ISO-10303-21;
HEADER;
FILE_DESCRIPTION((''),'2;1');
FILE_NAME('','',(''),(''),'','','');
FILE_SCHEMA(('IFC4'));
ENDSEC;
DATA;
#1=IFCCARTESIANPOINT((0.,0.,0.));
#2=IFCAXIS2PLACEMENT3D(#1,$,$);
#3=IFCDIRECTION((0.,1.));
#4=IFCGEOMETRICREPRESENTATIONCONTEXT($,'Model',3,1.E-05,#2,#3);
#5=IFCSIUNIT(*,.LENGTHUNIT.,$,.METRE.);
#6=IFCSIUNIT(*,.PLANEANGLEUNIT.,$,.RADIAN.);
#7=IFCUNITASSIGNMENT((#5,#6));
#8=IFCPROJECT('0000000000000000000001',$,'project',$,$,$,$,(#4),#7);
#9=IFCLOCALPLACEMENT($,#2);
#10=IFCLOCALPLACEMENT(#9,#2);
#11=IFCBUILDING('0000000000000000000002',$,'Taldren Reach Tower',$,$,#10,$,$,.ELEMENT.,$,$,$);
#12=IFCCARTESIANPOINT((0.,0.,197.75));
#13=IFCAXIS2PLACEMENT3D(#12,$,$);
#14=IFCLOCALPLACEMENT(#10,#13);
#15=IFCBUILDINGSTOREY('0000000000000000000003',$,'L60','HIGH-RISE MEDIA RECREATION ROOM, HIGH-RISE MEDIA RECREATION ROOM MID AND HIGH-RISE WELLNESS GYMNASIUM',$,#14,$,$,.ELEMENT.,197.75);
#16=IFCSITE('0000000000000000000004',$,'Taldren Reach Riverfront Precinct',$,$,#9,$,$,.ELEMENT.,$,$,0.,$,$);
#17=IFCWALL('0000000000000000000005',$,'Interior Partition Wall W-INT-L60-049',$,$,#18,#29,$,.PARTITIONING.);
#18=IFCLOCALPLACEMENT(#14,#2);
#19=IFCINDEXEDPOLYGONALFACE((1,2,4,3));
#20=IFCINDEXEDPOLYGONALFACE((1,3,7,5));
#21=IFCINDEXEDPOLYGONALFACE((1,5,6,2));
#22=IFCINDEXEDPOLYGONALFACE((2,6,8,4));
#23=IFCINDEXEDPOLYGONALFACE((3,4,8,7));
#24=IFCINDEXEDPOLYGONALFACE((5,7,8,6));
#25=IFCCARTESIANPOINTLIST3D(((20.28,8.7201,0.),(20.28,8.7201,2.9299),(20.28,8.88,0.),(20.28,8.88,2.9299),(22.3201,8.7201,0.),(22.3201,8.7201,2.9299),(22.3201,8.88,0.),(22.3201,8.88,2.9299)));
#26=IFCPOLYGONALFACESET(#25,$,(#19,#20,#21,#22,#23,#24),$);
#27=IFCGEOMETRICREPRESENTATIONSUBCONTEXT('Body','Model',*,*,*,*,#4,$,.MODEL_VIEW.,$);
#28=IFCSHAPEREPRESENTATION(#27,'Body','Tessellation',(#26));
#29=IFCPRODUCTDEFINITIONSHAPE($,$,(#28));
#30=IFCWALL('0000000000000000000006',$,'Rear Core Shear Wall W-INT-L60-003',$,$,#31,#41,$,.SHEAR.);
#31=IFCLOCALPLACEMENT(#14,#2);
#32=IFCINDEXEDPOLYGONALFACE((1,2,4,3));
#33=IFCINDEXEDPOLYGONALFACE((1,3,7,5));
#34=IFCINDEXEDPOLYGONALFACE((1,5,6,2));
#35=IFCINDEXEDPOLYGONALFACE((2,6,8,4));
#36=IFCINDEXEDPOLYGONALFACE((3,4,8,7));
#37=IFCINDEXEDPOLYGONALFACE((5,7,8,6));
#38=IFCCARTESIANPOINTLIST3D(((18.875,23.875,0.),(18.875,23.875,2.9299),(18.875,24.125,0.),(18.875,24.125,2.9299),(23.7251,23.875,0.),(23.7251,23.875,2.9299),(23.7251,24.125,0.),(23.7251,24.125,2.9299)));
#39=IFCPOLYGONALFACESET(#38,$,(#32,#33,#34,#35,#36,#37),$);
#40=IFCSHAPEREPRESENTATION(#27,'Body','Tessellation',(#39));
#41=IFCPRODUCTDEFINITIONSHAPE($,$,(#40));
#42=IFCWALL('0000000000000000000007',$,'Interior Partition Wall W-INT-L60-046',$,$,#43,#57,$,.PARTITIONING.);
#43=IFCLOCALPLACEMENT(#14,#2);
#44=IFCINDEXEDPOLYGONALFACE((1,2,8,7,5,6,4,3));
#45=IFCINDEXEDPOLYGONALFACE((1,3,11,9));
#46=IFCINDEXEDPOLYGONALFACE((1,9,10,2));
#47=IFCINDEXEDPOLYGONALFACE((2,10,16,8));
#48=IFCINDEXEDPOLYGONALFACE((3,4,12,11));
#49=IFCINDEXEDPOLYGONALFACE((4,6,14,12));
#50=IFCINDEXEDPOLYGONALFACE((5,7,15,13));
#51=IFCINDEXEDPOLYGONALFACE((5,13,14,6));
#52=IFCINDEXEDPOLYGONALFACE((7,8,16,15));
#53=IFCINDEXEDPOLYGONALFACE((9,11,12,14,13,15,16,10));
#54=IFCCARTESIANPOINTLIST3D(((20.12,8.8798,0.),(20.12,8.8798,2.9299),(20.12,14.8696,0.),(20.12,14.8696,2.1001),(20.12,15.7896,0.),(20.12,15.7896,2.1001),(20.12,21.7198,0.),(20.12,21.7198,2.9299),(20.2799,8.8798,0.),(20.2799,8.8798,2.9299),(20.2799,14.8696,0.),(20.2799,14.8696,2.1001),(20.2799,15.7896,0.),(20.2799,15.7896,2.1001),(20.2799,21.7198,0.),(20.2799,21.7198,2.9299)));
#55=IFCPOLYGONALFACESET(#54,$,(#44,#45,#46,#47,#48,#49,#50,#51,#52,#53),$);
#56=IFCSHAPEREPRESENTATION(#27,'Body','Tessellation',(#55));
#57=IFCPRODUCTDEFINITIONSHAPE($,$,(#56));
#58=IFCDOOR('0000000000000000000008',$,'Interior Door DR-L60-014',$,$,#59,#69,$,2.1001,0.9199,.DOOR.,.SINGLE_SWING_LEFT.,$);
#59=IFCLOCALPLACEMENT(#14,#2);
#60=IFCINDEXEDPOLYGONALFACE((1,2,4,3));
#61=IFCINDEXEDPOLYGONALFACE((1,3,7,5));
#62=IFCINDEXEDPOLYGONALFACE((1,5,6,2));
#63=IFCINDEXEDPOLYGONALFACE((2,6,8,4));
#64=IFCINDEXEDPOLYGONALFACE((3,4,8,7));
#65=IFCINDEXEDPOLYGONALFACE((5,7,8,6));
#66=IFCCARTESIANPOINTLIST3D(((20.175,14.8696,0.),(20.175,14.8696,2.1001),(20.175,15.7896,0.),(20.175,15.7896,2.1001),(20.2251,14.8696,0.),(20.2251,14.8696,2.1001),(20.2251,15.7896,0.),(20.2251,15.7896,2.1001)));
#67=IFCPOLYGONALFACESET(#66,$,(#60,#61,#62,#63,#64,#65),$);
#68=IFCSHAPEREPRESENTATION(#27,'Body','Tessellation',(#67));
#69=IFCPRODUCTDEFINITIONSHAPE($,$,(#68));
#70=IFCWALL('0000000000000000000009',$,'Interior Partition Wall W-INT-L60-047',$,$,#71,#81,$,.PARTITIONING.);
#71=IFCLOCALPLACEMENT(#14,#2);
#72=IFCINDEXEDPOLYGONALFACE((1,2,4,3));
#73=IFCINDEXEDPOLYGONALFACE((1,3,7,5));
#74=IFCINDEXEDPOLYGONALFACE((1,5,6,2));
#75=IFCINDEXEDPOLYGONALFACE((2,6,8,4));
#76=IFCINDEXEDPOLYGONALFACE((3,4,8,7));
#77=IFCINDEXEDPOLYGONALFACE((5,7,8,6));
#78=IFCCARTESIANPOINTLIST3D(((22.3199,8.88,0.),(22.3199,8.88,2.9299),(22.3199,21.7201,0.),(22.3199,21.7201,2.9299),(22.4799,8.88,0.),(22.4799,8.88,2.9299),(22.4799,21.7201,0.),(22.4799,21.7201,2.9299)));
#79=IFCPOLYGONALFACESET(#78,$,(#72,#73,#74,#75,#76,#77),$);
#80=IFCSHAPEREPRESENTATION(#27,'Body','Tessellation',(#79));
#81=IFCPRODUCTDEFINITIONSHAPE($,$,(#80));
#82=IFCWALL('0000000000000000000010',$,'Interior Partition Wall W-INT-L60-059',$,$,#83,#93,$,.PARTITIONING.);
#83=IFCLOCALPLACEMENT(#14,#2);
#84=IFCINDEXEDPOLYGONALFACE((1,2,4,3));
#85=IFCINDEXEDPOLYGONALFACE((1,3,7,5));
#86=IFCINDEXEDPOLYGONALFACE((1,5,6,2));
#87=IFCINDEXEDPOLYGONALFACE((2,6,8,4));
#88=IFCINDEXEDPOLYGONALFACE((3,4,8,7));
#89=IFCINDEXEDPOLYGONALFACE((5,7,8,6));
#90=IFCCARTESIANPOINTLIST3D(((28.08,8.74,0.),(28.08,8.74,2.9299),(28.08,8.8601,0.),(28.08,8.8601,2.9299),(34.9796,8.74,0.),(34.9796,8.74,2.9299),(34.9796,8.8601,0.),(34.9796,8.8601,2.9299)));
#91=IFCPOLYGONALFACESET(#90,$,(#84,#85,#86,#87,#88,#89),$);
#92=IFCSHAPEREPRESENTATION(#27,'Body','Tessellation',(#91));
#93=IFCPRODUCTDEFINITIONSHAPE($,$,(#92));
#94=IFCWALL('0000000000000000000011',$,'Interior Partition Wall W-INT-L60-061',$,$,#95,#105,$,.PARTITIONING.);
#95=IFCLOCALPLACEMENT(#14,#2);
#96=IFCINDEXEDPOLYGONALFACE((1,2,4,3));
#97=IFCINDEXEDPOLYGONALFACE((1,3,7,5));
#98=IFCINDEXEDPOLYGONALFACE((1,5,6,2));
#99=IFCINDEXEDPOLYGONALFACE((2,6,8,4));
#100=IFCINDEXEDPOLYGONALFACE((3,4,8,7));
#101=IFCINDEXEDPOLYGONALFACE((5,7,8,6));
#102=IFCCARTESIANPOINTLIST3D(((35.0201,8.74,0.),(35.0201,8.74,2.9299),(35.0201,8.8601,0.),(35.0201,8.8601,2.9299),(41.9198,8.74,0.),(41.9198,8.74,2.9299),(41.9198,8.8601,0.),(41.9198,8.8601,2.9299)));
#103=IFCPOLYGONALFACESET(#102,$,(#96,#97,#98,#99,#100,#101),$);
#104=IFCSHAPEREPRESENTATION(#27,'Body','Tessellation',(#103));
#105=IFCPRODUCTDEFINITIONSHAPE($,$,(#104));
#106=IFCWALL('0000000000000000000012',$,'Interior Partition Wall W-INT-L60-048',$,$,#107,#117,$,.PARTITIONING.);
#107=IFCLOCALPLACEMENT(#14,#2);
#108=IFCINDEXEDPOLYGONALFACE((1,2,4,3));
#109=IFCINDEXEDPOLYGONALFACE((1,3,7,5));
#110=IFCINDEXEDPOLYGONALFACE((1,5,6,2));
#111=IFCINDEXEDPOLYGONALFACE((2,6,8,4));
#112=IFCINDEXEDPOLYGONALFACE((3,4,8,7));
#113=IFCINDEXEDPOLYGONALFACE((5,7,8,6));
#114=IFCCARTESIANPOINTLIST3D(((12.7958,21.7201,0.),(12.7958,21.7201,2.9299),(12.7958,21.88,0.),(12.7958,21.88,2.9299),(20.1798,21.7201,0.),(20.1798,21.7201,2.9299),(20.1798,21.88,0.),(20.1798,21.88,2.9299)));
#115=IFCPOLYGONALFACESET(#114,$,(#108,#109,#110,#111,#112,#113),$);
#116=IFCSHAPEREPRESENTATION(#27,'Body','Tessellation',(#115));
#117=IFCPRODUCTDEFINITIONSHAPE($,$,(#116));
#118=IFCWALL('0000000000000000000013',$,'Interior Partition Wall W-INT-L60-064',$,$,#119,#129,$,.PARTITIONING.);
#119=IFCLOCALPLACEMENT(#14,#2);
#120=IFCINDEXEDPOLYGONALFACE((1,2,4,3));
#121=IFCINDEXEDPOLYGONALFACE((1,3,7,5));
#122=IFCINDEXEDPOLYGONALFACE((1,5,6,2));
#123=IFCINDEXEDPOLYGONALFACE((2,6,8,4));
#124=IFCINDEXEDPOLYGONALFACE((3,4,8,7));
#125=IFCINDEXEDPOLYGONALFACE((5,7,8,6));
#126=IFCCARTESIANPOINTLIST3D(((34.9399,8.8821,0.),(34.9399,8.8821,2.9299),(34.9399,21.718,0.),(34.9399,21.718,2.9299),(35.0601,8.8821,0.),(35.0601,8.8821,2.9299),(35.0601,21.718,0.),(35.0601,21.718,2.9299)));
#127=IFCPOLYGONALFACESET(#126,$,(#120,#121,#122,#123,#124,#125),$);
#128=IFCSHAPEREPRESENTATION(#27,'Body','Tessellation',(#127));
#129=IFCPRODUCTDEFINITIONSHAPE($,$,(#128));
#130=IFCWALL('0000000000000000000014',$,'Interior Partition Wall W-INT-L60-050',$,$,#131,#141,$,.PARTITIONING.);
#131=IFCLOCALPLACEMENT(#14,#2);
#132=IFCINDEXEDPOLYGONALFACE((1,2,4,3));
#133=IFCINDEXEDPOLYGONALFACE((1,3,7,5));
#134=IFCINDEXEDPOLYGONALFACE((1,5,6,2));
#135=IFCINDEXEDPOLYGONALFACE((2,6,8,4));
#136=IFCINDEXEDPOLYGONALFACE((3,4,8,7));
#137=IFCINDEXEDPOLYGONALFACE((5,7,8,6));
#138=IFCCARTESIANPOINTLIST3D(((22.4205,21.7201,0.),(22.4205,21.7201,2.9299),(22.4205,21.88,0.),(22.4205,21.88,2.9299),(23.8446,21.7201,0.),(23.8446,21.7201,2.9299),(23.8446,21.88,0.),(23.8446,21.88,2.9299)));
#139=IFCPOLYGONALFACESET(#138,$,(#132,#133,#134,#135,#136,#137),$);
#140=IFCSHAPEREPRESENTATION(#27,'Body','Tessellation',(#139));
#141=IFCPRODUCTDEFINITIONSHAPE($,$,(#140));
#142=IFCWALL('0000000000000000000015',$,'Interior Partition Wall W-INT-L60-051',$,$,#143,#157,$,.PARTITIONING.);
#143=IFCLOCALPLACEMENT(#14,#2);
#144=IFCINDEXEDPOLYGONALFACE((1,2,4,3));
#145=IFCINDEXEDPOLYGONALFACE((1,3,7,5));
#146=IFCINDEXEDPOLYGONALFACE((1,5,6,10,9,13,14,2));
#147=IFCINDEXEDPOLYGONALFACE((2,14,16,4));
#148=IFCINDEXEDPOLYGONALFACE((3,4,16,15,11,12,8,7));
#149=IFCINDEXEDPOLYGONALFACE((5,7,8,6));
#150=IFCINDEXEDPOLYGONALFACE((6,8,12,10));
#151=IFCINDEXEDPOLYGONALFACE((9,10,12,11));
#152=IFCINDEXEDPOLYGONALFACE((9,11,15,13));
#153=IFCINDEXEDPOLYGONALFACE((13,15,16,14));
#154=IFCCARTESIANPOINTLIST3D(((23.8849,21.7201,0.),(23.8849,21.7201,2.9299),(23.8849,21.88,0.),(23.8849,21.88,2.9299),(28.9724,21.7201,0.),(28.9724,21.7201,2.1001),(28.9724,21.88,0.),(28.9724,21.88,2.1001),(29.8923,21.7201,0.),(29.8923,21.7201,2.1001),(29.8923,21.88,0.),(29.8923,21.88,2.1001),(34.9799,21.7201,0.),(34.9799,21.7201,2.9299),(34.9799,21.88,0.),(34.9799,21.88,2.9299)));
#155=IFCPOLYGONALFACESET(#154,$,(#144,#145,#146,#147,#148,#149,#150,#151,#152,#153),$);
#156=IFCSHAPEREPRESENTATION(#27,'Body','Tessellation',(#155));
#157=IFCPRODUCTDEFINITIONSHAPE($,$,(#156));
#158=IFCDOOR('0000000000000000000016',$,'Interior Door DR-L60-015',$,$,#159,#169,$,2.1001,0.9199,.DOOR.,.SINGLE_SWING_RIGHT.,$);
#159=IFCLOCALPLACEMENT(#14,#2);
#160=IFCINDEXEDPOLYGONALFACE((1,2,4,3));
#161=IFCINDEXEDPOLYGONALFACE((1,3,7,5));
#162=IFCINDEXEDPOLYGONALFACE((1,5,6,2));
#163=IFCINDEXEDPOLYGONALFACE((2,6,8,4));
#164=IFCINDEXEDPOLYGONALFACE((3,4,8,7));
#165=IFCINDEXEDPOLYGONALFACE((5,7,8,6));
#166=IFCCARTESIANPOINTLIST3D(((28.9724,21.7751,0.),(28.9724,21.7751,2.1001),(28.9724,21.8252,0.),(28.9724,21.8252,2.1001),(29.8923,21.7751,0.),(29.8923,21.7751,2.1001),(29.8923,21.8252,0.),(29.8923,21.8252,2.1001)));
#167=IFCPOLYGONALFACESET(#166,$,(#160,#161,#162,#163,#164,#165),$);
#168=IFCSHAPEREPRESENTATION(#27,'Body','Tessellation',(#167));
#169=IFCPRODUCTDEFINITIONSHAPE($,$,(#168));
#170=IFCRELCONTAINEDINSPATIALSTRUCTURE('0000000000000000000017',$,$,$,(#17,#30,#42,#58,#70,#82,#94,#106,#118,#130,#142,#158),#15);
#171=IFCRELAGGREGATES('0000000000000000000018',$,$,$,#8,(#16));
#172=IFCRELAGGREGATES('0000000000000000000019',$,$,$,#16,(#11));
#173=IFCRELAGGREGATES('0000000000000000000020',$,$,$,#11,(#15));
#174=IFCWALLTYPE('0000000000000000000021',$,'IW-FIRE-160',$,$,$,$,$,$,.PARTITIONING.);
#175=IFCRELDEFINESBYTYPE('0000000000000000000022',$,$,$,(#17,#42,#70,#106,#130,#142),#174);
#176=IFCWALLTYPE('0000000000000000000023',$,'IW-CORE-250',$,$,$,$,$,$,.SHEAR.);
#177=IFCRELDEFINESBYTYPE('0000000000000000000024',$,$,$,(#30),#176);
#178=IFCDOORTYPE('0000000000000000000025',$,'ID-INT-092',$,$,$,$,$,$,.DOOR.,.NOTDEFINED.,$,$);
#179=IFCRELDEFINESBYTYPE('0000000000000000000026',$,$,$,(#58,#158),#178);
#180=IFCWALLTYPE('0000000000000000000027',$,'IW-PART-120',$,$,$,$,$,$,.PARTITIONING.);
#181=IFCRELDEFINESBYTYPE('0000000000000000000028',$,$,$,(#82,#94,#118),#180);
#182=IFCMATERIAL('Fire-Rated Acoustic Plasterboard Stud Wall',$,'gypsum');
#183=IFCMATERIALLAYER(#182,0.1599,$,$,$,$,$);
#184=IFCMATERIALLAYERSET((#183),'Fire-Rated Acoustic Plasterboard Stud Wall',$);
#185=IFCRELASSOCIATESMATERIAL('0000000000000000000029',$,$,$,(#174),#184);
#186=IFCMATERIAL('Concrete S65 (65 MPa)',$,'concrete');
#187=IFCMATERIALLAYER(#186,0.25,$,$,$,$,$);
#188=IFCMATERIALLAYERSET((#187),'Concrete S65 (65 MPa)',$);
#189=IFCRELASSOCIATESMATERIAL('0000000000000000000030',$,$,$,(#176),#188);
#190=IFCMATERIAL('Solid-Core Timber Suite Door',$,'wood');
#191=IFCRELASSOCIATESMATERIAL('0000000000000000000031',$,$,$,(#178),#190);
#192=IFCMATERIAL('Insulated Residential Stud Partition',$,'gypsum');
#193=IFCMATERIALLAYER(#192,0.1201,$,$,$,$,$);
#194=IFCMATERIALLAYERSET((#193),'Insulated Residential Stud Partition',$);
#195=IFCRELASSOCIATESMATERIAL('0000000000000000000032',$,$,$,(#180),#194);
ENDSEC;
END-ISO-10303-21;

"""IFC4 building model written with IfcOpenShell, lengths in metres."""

from ifc_helpers import new_model, si_unit, direction, frame, frame_2d, origin, place, context, subcontext, project, spatial, rectangle, extrude, source, transform, mapped, material, layer, layer_set, type_object, element, fill, save


model = new_model("IFC4")

# Units and contexts
model_context = context("Model", 3, precision=1e-05, world=origin(), true_north=direction((0.0, 1.0)))
body_context = subcontext(model_context, "Body", "Model", "MODEL_VIEW")
ifc_project = project(units=[si_unit("LENGTHUNIT", "METRE"), si_unit("PLANEANGLEUNIT", "RADIAN")], contexts=[model_context])

# Site, building, storey
site_placement = place(None, origin())
site = spatial("IfcSite", under=ifc_project, at=site_placement, Name="Taldren Reach Riverfront Precinct", CompositionType="ELEMENT", RefElevation=0.0)
building_placement = place(site_placement, origin())
building = spatial("IfcBuilding", under=site, at=building_placement, Name="Taldren Reach Tower", CompositionType="ELEMENT")
storey_placement = place(building_placement, frame((0.0, 0.0, 197.75)))
storey = spatial("IfcBuildingStorey", under=building, at=storey_placement, Name="L60", Description="HIGH-RISE MEDIA RECREATION ROOM, HIGH-RISE MEDIA RECREATION ROOM MID AND HIGH-RISE WELLNESS GYMNASIUM", CompositionType="ELEMENT", Elevation=197.75)

# Walls
ifc_material_1 = material(Name="Fire-Rated Acoustic Plasterboard Stud Wall", Category="gypsum")
ifc_layer_1 = layer(ifc_material_1, 0.1599)
ifc_layer_set_1 = layer_set([ifc_layer_1], Name="Fire-Rated Acoustic Plasterboard Stud Wall")
wall_type_1 = type_object("IfcWallType", Name="IW-FIRE-160", PredefinedType="PARTITIONING", material=ifc_layer_set_1)
shared_shape_1 = source(origin(), body_context, "Body", "SweptSolid", [
    extrude(rectangle(XDim=2.04, YDim=0.1599, at=frame_2d((1.02, 0.0))), origin(), (0.0, 0.0, 1.0), 2.9299),
])
wall_1_placement = place(storey_placement, frame((22.3201, 8.8, 0.0), z_axis=(0.0, 0.0, 1.0), x_axis=(-1.0, 0.0, 0.0)))
element("IfcWall", 1, at=wall_1_placement, inside=storey, type_object=wall_type_1, Name="Interior Partition Wall W-INT-L60-049", PredefinedType="PARTITIONING", context=body_context, shape_type="MappedRepresentation", body=[
    mapped(shared_shape_1, transform((0.0, 0.0, 0.0), scale=1.0)),
])
ifc_material_2 = material(Name="Concrete S65 (65 MPa)", Category="concrete")
ifc_layer_2 = layer(ifc_material_2, 0.25)
ifc_layer_set_2 = layer_set([ifc_layer_2], Name="Concrete S65 (65 MPa)")
wall_type_2 = type_object("IfcWallType", Name="IW-CORE-250", PredefinedType="SHEAR", material=ifc_layer_set_2)
shared_shape_2 = source(origin(), body_context, "Body", "SweptSolid", [
    extrude(rectangle(XDim=4.8501, YDim=0.25, at=frame_2d((2.425, 0.0))), origin(), (0.0, 0.0, 1.0), 2.9299),
])
wall_2_placement = place(storey_placement, frame((18.875, 24.0, 0.0), z_axis=(0.0, 0.0, 1.0), x_axis=(1.0, 0.0, 0.0)))
element("IfcWall", 2, at=wall_2_placement, inside=storey, type_object=wall_type_2, Name="Rear Core Shear Wall W-INT-L60-003", PredefinedType="SHEAR", context=body_context, shape_type="MappedRepresentation", body=[
    mapped(shared_shape_2, transform((0.0, 0.0, 0.0), scale=1.0)),
])

# Wall, opening, door
shared_shape_3 = source(origin(), body_context, "Body", "SweptSolid", [
    extrude(rectangle(XDim=12.8401, YDim=0.1599, at=frame_2d((6.4199, 0.0))), origin(), (0.0, 0.0, 1.0), 2.9299),
])
wall_3_placement = place(storey_placement, frame((20.2, 8.8799, 0.0), z_axis=(0.0, 0.0, 1.0), x_axis=(0.0, 1.0, 0.0)))
wall_3 = element("IfcWall", 3, at=wall_3_placement, inside=storey, type_object=wall_type_1, Name="Interior Partition Wall W-INT-L60-046", PredefinedType="PARTITIONING", context=body_context, shape_type="MappedRepresentation", body=[
    mapped(shared_shape_3, transform((0.0, 0.0, 0.0), scale=1.0)),
])
shared_shape_4 = source(origin(), body_context, "Body", "SweptSolid", [
    extrude(rectangle(XDim=0.9199, YDim=2.1001, at=frame_2d((0.46, 1.05))), frame((0.0, 0.0898, 0.0), z_axis=(0.0, -1.0, 0.0), x_axis=(1.0, 0.0, 0.0)), (0.0, 0.0, 1.0), 0.1799),
])
opening_1_placement = place(wall_3_placement, frame((5.9897, 0.0, 0.0)))
opening_1 = element("IfcOpeningElement", 4, at=opening_1_placement, cuts=wall_3, PredefinedType="OPENING", context=body_context, shape_type="MappedRepresentation", body=[
    mapped(shared_shape_4, transform((0.0, 0.0, 0.0), scale=1.0)),
])
ifc_material_3 = material(Name="Solid-Core Timber Suite Door", Category="wood")
door_type = type_object("IfcDoorType", Name="ID-INT-092", OperationType="NOTDEFINED", PredefinedType="DOOR", material=ifc_material_3)
shared_shape_5 = source(origin(), body_context, "Body", "SweptSolid", [
    extrude(rectangle(XDim=0.9199, YDim=2.1001, at=frame_2d((0.46, 1.05))), frame((0.0, 0.0249, 0.0), z_axis=(0.0, -1.0, 0.0), x_axis=(1.0, 0.0, 0.0)), (0.0, 0.0, 1.0), 0.05),
])
door_1_placement = place(opening_1_placement, origin())
door_1 = element("IfcDoor", 5, at=door_1_placement, inside=storey, type_object=door_type, Name="Interior Door DR-L60-014", OperationType="SINGLE_SWING_LEFT", OverallHeight=2.1001, OverallWidth=0.9199, PredefinedType="DOOR", context=body_context, shape_type="MappedRepresentation", body=[
    mapped(shared_shape_5, transform((0.0, 0.0, 0.0), scale=1.0)),
])
fill(opening_1, door_1)

# Walls
wall_4_placement = place(storey_placement, frame((22.3999, 21.72, 0.0), z_axis=(0.0, 0.0, 1.0), x_axis=(0.0, -1.0, 0.0)))
element("IfcWall", 6, at=wall_4_placement, inside=storey, type_object=wall_type_1, Name="Interior Partition Wall W-INT-L60-047", PredefinedType="PARTITIONING", context=body_context, shape_type="MappedRepresentation", body=[
    mapped(shared_shape_3, transform((0.0, 0.0, 0.0), scale=1.0)),
])
ifc_material_4 = material(Name="Insulated Residential Stud Partition", Category="gypsum")
ifc_layer_3 = layer(ifc_material_4, 0.1201)
ifc_layer_set_3 = layer_set([ifc_layer_3], Name="Insulated Residential Stud Partition")
wall_type_3 = type_object("IfcWallType", Name="IW-PART-120", PredefinedType="PARTITIONING", material=ifc_layer_set_3)
shared_shape_6 = source(origin(), body_context, "Body", "SweptSolid", [
    extrude(rectangle(XDim=6.8997, YDim=0.1201, at=frame_2d((3.4497, 0.0))), origin(), (0.0, 0.0, 1.0), 2.9299),
])
for number, where, z_axis, x_axis, name in (
    (7, (28.0801, 8.8, 0.0), (0.0, 0.0, 1.0), (1.0, 0.0, 0.0), "Interior Partition Wall W-INT-L60-059"),
    (8, (35.0203, 8.8, 0.0), (0.0, 0.0, 1.0), (1.0, 0.0, 0.0), "Interior Partition Wall W-INT-L60-061"),
):
    element("IfcWall", number, at=place(storey_placement, frame(where, z_axis=z_axis, x_axis=x_axis)), inside=storey, type_object=wall_type_3, Name=name, PredefinedType="PARTITIONING", context=body_context, shape_type="MappedRepresentation", body=[
        mapped(shared_shape_6, transform((0.0, 0.0, 0.0), scale=1.0)),
    ])
shared_shape_7 = source(origin(), body_context, "Body", "SweptSolid", [
    extrude(rectangle(XDim=7.384, YDim=0.1599, at=frame_2d((3.6919, 0.0))), origin(), (0.0, 0.0, 1.0), 2.9299),
])
wall_5_placement = place(storey_placement, frame((20.1797, 21.8, 0.0), z_axis=(0.0, 0.0, 1.0), x_axis=(-1.0, 0.0, 0.0)))
element("IfcWall", 9, at=wall_5_placement, inside=storey, type_object=wall_type_1, Name="Interior Partition Wall W-INT-L60-048", PredefinedType="PARTITIONING", context=body_context, shape_type="MappedRepresentation", body=[
    mapped(shared_shape_7, transform((0.0, 0.0, 0.0), scale=1.0)),
])
shared_shape_8 = source(origin(), body_context, "Body", "SweptSolid", [
    extrude(rectangle(XDim=12.8359, YDim=0.1201, at=frame_2d((6.418, 0.0))), origin(), (0.0, 0.0, 1.0), 2.9299),
])
wall_6_placement = place(storey_placement, frame((35.0, 21.718, 0.0), z_axis=(0.0, 0.0, 1.0), x_axis=(0.0, -1.0, 0.0)))
element("IfcWall", 10, at=wall_6_placement, inside=storey, type_object=wall_type_3, Name="Interior Partition Wall W-INT-L60-064", PredefinedType="PARTITIONING", context=body_context, shape_type="MappedRepresentation", body=[
    mapped(shared_shape_8, transform((0.0, 0.0, 0.0), scale=1.0)),
])
shared_shape_9 = source(origin(), body_context, "Body", "SweptSolid", [
    extrude(rectangle(XDim=1.4241, YDim=0.1599, at=frame_2d((0.7119, 0.0))), origin(), (0.0, 0.0, 1.0), 2.9299),
])
wall_7_placement = place(storey_placement, frame((23.8445, 21.8, 0.0), z_axis=(0.0, 0.0, 1.0), x_axis=(-1.0, 0.0, 0.0)))
element("IfcWall", 11, at=wall_7_placement, inside=storey, type_object=wall_type_1, Name="Interior Partition Wall W-INT-L60-050", PredefinedType="PARTITIONING", context=body_context, shape_type="MappedRepresentation", body=[
    mapped(shared_shape_9, transform((0.0, 0.0, 0.0), scale=1.0)),
])

# Wall, opening, door
shared_shape_10 = source(origin(), body_context, "Body", "SweptSolid", [
    extrude(rectangle(XDim=11.095, YDim=0.1599, at=frame_2d((5.5474, 0.0))), origin(), (0.0, 0.0, 1.0), 2.9299),
])
wall_8_placement = place(storey_placement, frame((34.9797, 21.8, 0.0), z_axis=(0.0, 0.0, 1.0), x_axis=(-1.0, 0.0, 0.0)))
wall_8 = element("IfcWall", 12, at=wall_8_placement, inside=storey, type_object=wall_type_1, Name="Interior Partition Wall W-INT-L60-051", PredefinedType="PARTITIONING", context=body_context, shape_type="MappedRepresentation", body=[
    mapped(shared_shape_10, transform((0.0, 0.0, 0.0), scale=1.0)),
])
opening_2_placement = place(wall_8_placement, frame((5.0874, 0.0, 0.0)))
opening_2 = element("IfcOpeningElement", 13, at=opening_2_placement, cuts=wall_8, PredefinedType="OPENING", context=body_context, shape_type="MappedRepresentation", body=[
    mapped(shared_shape_4, transform((0.0, 0.0, 0.0), scale=1.0)),
])
door_2_placement = place(opening_2_placement, origin())
door_2 = element("IfcDoor", 14, at=door_2_placement, inside=storey, type_object=door_type, Name="Interior Door DR-L60-015", OperationType="SINGLE_SWING_RIGHT", OverallHeight=2.1001, OverallWidth=0.9199, PredefinedType="DOOR", context=body_context, shape_type="MappedRepresentation", body=[
    mapped(shared_shape_5, transform((0.0, 0.0, 0.0), scale=1.0)),
])
fill(opening_2, door_2)

save(model, "model.ifc")
